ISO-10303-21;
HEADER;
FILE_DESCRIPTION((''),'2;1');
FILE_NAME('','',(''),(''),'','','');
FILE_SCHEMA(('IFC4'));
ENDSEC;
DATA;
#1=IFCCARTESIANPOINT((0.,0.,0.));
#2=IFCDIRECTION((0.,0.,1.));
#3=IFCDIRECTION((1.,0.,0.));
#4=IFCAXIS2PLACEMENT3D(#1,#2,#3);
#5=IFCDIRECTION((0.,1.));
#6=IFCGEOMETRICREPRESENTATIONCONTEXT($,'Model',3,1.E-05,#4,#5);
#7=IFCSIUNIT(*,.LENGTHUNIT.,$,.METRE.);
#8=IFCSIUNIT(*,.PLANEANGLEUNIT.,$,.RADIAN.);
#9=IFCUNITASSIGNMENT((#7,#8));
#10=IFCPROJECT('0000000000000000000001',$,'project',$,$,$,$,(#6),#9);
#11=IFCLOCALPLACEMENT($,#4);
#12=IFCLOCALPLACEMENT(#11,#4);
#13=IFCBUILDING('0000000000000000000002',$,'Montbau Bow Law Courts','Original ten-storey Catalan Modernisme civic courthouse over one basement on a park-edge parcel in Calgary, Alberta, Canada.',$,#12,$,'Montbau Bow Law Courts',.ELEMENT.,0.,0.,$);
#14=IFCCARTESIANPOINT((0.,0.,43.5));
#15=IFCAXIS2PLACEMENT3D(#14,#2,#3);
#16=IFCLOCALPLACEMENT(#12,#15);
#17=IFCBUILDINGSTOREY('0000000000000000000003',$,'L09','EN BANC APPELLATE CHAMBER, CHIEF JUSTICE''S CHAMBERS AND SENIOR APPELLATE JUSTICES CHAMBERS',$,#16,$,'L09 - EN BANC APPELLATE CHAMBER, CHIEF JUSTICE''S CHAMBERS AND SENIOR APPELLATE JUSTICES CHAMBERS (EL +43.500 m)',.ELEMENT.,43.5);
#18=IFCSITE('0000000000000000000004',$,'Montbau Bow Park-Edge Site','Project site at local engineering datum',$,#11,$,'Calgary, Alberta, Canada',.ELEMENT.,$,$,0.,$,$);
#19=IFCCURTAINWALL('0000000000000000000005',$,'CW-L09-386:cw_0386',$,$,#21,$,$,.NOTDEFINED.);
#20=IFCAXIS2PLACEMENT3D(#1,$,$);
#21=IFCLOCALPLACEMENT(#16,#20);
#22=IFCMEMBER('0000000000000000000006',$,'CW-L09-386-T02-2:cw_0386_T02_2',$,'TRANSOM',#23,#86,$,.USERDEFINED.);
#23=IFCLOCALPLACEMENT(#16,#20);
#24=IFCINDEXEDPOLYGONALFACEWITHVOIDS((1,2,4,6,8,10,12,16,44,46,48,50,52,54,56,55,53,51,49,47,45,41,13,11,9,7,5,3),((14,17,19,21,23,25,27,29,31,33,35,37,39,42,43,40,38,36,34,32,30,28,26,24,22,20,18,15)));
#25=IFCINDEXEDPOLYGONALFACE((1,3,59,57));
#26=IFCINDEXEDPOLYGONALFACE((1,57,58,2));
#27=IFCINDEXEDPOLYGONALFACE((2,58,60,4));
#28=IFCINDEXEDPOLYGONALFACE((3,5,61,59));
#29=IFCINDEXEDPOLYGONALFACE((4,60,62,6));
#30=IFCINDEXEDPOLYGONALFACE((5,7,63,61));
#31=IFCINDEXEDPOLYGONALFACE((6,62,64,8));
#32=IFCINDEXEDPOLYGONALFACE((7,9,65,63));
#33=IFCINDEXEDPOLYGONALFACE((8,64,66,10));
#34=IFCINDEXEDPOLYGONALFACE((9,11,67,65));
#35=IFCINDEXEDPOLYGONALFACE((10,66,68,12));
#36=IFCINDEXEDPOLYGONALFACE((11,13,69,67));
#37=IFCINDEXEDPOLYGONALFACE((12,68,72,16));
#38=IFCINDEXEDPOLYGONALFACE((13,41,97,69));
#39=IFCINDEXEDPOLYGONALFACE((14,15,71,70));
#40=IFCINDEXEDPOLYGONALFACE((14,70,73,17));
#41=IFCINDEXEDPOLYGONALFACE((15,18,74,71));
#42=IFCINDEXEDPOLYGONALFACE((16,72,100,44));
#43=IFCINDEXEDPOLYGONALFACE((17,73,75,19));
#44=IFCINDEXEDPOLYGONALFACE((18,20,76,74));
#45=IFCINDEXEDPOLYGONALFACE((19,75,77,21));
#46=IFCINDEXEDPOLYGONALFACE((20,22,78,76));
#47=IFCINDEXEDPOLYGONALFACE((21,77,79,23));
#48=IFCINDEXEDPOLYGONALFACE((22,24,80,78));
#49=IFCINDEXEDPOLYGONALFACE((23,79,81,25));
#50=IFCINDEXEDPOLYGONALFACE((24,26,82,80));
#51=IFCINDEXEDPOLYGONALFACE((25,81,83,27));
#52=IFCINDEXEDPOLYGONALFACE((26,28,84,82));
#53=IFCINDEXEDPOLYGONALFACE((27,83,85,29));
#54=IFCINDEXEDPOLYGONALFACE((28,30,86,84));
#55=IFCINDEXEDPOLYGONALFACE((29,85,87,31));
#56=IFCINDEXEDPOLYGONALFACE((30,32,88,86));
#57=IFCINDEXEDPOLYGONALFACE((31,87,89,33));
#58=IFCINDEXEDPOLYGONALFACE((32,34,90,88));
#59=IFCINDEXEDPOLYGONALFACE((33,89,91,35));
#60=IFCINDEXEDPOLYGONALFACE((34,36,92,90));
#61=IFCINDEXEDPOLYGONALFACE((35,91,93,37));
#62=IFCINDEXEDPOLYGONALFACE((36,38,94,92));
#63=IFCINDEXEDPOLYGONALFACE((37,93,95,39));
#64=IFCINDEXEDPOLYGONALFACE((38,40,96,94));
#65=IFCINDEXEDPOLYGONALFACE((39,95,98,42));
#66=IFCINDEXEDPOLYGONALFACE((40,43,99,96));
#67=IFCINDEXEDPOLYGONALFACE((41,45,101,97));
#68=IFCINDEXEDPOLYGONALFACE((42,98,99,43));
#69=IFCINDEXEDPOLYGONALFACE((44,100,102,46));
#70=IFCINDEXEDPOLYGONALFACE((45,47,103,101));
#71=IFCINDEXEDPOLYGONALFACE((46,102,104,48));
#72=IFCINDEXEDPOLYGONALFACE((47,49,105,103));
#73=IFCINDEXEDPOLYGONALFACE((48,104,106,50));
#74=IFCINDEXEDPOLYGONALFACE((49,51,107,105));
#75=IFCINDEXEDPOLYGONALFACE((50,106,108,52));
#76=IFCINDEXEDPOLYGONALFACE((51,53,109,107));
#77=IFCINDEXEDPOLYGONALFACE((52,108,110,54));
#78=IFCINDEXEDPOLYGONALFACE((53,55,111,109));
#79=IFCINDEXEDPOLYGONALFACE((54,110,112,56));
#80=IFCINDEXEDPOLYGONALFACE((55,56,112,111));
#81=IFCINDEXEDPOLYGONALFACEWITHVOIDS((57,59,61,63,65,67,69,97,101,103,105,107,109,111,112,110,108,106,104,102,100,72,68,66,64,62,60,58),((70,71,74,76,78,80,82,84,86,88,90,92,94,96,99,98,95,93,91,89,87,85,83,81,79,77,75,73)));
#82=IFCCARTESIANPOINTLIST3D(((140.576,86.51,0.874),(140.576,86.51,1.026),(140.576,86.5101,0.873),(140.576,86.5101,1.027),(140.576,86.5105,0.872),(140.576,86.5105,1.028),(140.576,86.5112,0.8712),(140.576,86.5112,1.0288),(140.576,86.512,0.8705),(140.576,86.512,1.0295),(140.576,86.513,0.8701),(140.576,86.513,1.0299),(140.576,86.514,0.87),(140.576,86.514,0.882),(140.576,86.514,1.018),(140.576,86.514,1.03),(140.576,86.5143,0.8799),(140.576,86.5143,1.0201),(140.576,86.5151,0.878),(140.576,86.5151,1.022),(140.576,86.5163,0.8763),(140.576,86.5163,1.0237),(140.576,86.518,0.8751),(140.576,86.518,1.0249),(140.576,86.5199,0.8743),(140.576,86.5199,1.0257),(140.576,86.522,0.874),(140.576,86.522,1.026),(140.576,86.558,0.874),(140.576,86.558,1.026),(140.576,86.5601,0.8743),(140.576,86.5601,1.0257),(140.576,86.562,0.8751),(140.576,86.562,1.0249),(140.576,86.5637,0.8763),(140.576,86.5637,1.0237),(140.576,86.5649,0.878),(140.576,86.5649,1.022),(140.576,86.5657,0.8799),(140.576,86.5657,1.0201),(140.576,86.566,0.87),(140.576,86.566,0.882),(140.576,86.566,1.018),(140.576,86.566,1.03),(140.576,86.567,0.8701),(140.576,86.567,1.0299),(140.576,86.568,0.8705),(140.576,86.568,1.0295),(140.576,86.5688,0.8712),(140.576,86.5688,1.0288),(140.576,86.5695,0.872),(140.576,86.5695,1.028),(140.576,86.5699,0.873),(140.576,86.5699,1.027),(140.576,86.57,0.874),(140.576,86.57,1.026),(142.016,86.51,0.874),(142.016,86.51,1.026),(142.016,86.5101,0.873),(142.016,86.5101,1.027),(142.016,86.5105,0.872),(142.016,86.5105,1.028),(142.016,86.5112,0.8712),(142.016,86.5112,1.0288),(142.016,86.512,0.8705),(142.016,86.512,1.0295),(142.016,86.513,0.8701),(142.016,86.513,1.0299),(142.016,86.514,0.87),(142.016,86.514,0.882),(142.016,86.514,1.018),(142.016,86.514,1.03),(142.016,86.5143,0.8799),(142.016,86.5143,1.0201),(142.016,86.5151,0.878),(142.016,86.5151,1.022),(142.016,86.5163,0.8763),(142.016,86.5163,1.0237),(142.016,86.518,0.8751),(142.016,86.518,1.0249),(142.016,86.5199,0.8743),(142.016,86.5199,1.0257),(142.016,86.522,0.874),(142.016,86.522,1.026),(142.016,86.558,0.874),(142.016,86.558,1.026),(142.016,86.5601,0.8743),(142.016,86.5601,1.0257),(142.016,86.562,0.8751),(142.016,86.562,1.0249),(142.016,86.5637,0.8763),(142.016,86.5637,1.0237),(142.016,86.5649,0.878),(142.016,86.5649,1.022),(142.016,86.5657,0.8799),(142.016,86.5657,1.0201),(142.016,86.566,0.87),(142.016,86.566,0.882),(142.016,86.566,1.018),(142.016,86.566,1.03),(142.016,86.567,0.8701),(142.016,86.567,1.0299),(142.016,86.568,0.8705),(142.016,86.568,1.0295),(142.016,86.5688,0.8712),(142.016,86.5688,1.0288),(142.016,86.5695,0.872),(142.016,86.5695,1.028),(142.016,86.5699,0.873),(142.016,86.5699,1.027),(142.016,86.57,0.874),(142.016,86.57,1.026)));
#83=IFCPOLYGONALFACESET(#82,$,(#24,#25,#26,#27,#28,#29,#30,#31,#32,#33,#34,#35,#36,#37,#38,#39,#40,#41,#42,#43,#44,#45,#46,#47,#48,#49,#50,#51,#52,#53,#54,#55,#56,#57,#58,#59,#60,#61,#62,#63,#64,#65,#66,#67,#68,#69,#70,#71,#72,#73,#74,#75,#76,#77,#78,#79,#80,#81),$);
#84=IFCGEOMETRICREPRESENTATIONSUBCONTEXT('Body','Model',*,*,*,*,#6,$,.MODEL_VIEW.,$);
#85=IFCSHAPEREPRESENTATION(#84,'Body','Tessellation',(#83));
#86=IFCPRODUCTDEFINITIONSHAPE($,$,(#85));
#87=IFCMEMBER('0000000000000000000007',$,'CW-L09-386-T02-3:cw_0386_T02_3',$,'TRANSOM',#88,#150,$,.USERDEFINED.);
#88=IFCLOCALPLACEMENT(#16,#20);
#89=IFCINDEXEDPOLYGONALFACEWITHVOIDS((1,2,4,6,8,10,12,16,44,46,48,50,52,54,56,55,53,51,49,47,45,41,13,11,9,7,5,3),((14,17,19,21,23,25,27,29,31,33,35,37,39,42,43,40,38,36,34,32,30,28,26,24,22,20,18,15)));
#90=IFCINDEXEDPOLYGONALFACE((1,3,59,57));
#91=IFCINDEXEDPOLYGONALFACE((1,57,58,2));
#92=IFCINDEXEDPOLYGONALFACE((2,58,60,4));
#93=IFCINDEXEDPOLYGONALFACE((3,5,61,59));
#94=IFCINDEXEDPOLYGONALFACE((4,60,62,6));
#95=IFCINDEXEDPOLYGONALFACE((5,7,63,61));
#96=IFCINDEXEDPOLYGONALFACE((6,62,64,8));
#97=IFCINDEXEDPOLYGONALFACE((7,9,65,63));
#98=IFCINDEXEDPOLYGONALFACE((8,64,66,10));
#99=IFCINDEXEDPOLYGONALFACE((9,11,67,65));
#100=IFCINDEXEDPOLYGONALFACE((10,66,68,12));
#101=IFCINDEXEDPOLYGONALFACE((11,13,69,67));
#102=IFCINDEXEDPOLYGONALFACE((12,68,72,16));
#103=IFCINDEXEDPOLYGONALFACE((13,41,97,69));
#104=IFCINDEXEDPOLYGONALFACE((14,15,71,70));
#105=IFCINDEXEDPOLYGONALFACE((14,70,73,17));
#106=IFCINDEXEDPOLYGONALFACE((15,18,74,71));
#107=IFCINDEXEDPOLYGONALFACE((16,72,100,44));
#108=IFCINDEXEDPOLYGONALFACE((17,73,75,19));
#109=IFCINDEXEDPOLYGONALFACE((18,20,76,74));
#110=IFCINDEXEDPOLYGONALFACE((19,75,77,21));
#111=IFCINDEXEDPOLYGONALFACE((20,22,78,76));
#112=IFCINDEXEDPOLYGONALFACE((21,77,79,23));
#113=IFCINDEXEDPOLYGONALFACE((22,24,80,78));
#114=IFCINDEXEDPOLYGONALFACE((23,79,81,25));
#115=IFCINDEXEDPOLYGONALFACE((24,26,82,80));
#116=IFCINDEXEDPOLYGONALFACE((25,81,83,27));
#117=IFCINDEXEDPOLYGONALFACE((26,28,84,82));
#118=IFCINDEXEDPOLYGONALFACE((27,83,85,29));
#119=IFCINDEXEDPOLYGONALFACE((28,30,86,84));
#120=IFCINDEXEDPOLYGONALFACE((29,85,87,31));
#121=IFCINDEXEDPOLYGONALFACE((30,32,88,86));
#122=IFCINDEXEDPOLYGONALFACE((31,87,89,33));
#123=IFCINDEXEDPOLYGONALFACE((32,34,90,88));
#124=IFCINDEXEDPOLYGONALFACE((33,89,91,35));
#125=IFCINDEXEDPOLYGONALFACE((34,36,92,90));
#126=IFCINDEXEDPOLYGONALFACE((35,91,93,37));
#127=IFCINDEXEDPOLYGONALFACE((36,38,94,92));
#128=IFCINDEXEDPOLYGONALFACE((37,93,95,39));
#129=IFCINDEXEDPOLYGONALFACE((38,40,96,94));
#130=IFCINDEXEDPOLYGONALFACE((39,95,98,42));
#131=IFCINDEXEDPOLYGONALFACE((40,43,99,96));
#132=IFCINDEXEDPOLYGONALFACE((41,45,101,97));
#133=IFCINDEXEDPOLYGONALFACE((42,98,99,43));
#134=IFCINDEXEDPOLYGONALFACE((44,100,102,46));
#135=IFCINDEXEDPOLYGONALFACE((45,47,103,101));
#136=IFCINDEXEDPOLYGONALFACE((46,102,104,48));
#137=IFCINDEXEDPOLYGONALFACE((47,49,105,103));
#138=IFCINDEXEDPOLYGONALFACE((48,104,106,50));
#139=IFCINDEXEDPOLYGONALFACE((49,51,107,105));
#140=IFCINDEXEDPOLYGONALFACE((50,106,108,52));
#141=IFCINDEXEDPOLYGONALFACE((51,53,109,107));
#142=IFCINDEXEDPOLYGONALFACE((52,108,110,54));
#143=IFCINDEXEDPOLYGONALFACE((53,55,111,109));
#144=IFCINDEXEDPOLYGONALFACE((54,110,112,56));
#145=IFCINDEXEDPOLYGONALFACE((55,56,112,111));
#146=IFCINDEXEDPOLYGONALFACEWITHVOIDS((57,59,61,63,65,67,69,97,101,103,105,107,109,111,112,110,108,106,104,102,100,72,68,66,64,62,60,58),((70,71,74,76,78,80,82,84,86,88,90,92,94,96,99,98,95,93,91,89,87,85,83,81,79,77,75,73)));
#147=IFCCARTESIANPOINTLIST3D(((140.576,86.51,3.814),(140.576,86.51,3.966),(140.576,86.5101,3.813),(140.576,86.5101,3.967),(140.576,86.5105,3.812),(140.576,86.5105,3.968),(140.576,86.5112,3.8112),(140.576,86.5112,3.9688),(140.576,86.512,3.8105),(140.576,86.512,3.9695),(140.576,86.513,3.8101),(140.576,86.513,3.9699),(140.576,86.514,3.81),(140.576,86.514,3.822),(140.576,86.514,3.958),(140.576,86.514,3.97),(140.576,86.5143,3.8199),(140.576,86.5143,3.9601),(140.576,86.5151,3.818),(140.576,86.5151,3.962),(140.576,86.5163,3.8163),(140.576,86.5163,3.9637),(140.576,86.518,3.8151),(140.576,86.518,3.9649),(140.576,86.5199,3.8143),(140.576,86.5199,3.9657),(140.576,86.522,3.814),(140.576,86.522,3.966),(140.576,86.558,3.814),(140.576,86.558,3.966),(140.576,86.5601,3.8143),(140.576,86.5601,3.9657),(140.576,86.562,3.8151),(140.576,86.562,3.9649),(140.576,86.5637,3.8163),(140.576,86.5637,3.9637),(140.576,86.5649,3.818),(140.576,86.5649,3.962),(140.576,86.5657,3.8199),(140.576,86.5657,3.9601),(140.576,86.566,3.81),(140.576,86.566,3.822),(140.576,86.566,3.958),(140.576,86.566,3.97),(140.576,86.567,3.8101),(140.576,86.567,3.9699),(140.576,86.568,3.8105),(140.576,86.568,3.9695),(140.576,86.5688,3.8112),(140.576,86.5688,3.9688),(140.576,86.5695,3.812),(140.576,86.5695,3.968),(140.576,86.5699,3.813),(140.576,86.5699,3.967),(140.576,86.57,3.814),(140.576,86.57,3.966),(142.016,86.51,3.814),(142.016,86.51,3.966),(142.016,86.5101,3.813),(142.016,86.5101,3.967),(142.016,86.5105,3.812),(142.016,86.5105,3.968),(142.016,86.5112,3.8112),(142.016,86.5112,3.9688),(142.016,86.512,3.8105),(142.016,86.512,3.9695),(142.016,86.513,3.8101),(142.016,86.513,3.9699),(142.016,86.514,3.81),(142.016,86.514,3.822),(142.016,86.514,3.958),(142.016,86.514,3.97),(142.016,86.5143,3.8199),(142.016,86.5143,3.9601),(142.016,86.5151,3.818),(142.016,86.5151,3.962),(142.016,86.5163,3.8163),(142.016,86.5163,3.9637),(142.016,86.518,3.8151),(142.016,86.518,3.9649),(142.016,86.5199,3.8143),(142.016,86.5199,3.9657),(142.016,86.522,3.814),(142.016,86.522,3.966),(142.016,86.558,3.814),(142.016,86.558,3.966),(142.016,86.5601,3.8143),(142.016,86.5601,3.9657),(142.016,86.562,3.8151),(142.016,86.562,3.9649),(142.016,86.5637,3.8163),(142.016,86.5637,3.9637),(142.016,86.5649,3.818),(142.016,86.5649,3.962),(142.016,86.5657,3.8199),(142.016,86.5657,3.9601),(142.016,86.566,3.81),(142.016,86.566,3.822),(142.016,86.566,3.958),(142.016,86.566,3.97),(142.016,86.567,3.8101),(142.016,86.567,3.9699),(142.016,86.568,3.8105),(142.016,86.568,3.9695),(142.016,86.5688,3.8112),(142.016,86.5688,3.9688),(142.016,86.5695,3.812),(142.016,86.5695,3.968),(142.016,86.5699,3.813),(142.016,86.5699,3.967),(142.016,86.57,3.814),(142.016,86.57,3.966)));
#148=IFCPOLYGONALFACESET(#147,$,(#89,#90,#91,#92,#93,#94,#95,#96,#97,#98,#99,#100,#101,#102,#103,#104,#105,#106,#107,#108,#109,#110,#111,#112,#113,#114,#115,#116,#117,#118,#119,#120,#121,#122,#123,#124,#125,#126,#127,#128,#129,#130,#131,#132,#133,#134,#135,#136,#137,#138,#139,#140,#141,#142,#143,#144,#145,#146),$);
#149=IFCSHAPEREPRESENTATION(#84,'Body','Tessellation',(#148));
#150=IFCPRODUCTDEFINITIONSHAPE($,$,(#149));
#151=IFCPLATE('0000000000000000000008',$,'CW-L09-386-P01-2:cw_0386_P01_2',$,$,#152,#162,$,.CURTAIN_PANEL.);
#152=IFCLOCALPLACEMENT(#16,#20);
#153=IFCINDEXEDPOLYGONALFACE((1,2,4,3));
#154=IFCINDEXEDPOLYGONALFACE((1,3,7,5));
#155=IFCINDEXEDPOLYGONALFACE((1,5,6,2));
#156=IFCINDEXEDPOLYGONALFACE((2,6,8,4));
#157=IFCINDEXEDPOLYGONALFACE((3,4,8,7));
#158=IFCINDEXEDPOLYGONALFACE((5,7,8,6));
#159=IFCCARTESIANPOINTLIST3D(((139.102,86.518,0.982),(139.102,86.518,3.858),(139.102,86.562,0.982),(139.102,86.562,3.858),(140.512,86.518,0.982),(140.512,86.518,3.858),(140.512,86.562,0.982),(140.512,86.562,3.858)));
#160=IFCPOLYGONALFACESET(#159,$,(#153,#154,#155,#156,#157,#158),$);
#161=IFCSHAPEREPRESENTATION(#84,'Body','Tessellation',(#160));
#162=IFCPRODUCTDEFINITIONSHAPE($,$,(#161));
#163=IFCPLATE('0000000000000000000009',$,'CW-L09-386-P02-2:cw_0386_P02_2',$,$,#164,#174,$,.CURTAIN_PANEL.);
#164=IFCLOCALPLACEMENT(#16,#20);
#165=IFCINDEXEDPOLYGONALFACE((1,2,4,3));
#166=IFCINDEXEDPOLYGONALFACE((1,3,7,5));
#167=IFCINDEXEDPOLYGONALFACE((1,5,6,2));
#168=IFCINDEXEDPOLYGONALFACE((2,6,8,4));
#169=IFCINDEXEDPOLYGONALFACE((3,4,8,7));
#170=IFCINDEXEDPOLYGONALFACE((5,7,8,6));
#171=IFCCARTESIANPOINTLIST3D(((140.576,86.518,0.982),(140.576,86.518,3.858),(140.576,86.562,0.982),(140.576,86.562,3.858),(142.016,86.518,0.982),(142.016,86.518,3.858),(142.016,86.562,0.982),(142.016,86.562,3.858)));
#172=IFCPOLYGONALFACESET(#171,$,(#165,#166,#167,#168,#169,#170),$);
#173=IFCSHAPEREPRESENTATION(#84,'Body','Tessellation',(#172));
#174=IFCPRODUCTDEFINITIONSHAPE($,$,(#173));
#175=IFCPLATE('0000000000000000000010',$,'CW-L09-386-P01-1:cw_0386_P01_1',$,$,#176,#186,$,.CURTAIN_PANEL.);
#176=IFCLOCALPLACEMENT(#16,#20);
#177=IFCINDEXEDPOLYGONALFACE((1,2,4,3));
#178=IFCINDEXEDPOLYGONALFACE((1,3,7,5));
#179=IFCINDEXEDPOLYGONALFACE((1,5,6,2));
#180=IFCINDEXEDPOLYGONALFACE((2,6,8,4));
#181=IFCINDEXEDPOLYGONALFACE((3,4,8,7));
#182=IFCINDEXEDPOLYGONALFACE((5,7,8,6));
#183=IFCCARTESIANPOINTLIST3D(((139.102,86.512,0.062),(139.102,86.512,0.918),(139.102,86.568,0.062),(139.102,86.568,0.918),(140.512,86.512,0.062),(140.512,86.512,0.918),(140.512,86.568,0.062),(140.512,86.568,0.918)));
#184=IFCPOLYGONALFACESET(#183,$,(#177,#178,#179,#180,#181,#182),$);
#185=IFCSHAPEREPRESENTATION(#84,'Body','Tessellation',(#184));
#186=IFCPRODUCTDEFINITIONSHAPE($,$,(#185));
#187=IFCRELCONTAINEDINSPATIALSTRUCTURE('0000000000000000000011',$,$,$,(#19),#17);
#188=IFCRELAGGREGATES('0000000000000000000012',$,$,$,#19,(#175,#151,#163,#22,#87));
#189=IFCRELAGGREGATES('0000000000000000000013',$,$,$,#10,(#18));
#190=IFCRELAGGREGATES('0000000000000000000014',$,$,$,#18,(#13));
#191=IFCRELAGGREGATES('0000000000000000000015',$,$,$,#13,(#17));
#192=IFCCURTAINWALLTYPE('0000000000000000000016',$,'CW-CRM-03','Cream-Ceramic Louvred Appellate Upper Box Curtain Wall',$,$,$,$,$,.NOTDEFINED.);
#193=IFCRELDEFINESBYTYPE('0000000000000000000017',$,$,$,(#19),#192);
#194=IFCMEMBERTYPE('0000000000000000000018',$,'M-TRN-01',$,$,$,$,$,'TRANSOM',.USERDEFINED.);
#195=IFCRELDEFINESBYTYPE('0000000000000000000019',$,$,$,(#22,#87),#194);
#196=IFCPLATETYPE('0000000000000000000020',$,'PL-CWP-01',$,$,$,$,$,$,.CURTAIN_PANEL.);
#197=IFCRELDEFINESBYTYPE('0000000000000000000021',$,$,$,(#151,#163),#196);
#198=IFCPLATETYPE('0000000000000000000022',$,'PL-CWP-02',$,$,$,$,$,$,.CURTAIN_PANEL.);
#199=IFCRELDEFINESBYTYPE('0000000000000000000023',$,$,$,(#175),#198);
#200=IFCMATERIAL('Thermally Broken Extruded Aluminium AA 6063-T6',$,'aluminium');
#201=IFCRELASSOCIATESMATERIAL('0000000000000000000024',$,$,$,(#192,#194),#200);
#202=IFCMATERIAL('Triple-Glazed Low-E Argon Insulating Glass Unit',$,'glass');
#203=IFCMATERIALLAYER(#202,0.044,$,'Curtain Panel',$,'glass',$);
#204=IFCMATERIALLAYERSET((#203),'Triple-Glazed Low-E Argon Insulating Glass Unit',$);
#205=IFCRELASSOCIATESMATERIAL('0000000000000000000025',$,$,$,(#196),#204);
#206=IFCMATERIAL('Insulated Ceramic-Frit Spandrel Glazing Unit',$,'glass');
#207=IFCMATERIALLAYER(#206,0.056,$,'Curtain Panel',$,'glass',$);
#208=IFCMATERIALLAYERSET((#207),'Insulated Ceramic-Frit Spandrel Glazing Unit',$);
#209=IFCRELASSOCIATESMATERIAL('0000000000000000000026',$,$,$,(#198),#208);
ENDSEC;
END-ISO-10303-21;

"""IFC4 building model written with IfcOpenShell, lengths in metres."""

from ifc_helpers import new_model, si_unit, direction, frame, frame_2d, origin_with_axes, origin_2d_with_axis, place, context, subcontext, project, spatial, rectangle, hollow_rectangle, extrude, material, layer, layer_set, material_profile, profile_set, type_object, element, aggregate, save


model = new_model("IFC4")

# Units and contexts
model_context = context("Model", 3, precision=1e-05, world=origin_with_axes(), true_north=direction((0.0, 1.0)))
body_context = subcontext(model_context, "Body", "Model", "MODEL_VIEW")
ifc_project = project(units=[si_unit("LENGTHUNIT", "METRE"), si_unit("PLANEANGLEUNIT", "RADIAN")], contexts=[model_context])

# Site, building, storey
site_placement = place(None, origin_with_axes())
site = spatial("IfcSite", under=ifc_project, at=site_placement, Name="Montbau Bow Park-Edge Site", Description="Project site at local engineering datum", LongName="Calgary, Alberta, Canada", CompositionType="ELEMENT", RefElevation=0.0)
building_placement = place(site_placement, origin_with_axes())
building = spatial("IfcBuilding", under=site, at=building_placement, Name="Montbau Bow Law Courts", Description="Original ten-storey Catalan Modernisme civic courthouse over one basement on a park-edge parcel in Calgary, Alberta, Canada.", LongName="Montbau Bow Law Courts", CompositionType="ELEMENT", ElevationOfRefHeight=0.0, ElevationOfTerrain=0.0)
storey_placement = place(building_placement, frame((0.0, 0.0, 43.5), z_axis=(0.0, 0.0, 1.0), x_axis=(1.0, 0.0, 0.0)))
storey = spatial("IfcBuildingStorey", under=building, at=storey_placement, Name="L09", Description="EN BANC APPELLATE CHAMBER, CHIEF JUSTICE'S CHAMBERS AND SENIOR APPELLATE JUSTICES CHAMBERS", LongName="L09 - EN BANC APPELLATE CHAMBER, CHIEF JUSTICE'S CHAMBERS AND SENIOR APPELLATE JUSTICES CHAMBERS (EL +43.500 m)", CompositionType="ELEMENT", Elevation=43.5)

# Curtain wall, members, plates
ifc_material_1 = material(Name="Thermally Broken Extruded Aluminium AA 6063-T6", Category="aluminium")
curtain_wall_type = type_object("IfcCurtainWallType", Name="CW-CRM-03", Description="Cream-Ceramic Louvred Appellate Upper Box Curtain Wall", PredefinedType="NOTDEFINED", material=ifc_material_1)
curtain_wall_placement = place(None, frame((139.04, 86.54, 43.5), z_axis=(0.0, 0.0, 1.0), x_axis=(1.0, 0.0, 0.0)))
curtain_wall = element("IfcCurtainWall", 1, at=curtain_wall_placement, inside=storey, type_object=curtain_wall_type, Name="CW-L09-386:cw_0386", PredefinedType="NOTDEFINED")
ifc_material_profile_1 = material_profile(ifc_material_1, hollow_rectangle(XDim=0.06, YDim=0.16, WallThickness=0.004, InnerFilletRadius=0.008, OuterFilletRadius=0.004, at=origin_2d_with_axis()), Name="CWT-160X60", Category="Main", Priority=0)
ifc_profile_set_1 = profile_set([ifc_material_profile_1], Name="Thermally Broken Extruded Aluminium AA 6063-T6")
member_type_1 = type_object("IfcMemberType", Name="M-TRN-01", ElementType="TRANSOM", PredefinedType="USERDEFINED", material=ifc_profile_set_1)
member_1_placement = place(None, frame((140.576, 86.54, 44.45), z_axis=(1.0, 0.0, 0.0), x_axis=(0.0, 1.0, 0.0)))
member_1 = element("IfcMember", 2, at=member_1_placement, type_object=member_type_1, Name="CW-L09-386-T02-2:cw_0386_T02_2", ObjectType="TRANSOM", PredefinedType="USERDEFINED", context=body_context, shape_type="SweptSolid", body=[
    extrude(hollow_rectangle(XDim=0.06, YDim=0.16, WallThickness=0.004, InnerFilletRadius=0.008, OuterFilletRadius=0.004, at=origin_2d_with_axis()), origin_with_axes(), (0.0, 0.0, 1.0), 1.44),
])
member_2_placement = place(None, frame((140.576, 86.54, 47.39), z_axis=(1.0, 0.0, 0.0), x_axis=(0.0, 1.0, 0.0)))
member_2 = element("IfcMember", 3, at=member_2_placement, type_object=member_type_1, Name="CW-L09-386-T02-3:cw_0386_T02_3", ObjectType="TRANSOM", PredefinedType="USERDEFINED", context=body_context, shape_type="SweptSolid", body=[
    extrude(hollow_rectangle(XDim=0.06, YDim=0.16, WallThickness=0.004, InnerFilletRadius=0.008, OuterFilletRadius=0.004, at=origin_2d_with_axis()), origin_with_axes(), (0.0, 0.0, 1.0), 1.44),
])
ifc_material_2 = material(Name="Triple-Glazed Low-E Argon Insulating Glass Unit", Category="glass")
ifc_layer_1 = layer(ifc_material_2, 0.044, Name="Curtain Panel", Category="glass")
ifc_layer_set_1 = layer_set([ifc_layer_1], Name="Triple-Glazed Low-E Argon Insulating Glass Unit")
plate_type_1 = type_object("IfcPlateType", Name="PL-CWP-01", PredefinedType="CURTAIN_PANEL", material=ifc_layer_set_1)
plate_1_placement = place(None, frame((139.102, 86.54, 44.482), z_axis=(0.0, -1.0, 0.0), x_axis=(1.0, 0.0, 0.0)))
plate_1 = element("IfcPlate", 4, at=plate_1_placement, type_object=plate_type_1, Name="CW-L09-386-P01-2:cw_0386_P01_2", PredefinedType="CURTAIN_PANEL", context=body_context, shape_type="SweptSolid", body=[
    extrude(rectangle(XDim=1.41, YDim=2.876, at=frame_2d((0.705, 1.438), x_axis=(1.0, 0.0))), frame((0.0, 0.0, -0.022), z_axis=(0.0, 0.0, 1.0), x_axis=(1.0, 0.0, 0.0)), (0.0, 0.0, 1.0), 0.044),
])
plate_2_placement = place(None, frame((140.576, 86.54, 44.482), z_axis=(0.0, -1.0, 0.0), x_axis=(1.0, 0.0, 0.0)))
plate_2 = element("IfcPlate", 5, at=plate_2_placement, type_object=plate_type_1, Name="CW-L09-386-P02-2:cw_0386_P02_2", PredefinedType="CURTAIN_PANEL", context=body_context, shape_type="SweptSolid", body=[
    extrude(rectangle(XDim=1.44, YDim=2.876, at=frame_2d((0.72, 1.438), x_axis=(1.0, 0.0))), frame((0.0, 0.0, -0.022), z_axis=(0.0, 0.0, 1.0), x_axis=(1.0, 0.0, 0.0)), (0.0, 0.0, 1.0), 0.044),
])
ifc_material_3 = material(Name="Insulated Ceramic-Frit Spandrel Glazing Unit", Category="glass")
ifc_layer_2 = layer(ifc_material_3, 0.056, Name="Curtain Panel", Category="glass")
ifc_layer_set_2 = layer_set([ifc_layer_2], Name="Insulated Ceramic-Frit Spandrel Glazing Unit")
plate_type_2 = type_object("IfcPlateType", Name="PL-CWP-02", PredefinedType="CURTAIN_PANEL", material=ifc_layer_set_2)
plate_3_placement = place(None, frame((139.102, 86.54, 43.562), z_axis=(0.0, -1.0, 0.0), x_axis=(1.0, 0.0, 0.0)))
plate_3 = element("IfcPlate", 6, at=plate_3_placement, type_object=plate_type_2, Name="CW-L09-386-P01-1:cw_0386_P01_1", PredefinedType="CURTAIN_PANEL", context=body_context, shape_type="SweptSolid", body=[
    extrude(rectangle(XDim=1.41, YDim=0.856, at=frame_2d((0.705, 0.428), x_axis=(1.0, 0.0))), frame((0.0, 0.0, -0.028), z_axis=(0.0, 0.0, 1.0), x_axis=(1.0, 0.0, 0.0)), (0.0, 0.0, 1.0), 0.056),
])
aggregate(curtain_wall, [plate_3, plate_1, plate_2, member_1, member_2])

save(model, "model.ifc")
